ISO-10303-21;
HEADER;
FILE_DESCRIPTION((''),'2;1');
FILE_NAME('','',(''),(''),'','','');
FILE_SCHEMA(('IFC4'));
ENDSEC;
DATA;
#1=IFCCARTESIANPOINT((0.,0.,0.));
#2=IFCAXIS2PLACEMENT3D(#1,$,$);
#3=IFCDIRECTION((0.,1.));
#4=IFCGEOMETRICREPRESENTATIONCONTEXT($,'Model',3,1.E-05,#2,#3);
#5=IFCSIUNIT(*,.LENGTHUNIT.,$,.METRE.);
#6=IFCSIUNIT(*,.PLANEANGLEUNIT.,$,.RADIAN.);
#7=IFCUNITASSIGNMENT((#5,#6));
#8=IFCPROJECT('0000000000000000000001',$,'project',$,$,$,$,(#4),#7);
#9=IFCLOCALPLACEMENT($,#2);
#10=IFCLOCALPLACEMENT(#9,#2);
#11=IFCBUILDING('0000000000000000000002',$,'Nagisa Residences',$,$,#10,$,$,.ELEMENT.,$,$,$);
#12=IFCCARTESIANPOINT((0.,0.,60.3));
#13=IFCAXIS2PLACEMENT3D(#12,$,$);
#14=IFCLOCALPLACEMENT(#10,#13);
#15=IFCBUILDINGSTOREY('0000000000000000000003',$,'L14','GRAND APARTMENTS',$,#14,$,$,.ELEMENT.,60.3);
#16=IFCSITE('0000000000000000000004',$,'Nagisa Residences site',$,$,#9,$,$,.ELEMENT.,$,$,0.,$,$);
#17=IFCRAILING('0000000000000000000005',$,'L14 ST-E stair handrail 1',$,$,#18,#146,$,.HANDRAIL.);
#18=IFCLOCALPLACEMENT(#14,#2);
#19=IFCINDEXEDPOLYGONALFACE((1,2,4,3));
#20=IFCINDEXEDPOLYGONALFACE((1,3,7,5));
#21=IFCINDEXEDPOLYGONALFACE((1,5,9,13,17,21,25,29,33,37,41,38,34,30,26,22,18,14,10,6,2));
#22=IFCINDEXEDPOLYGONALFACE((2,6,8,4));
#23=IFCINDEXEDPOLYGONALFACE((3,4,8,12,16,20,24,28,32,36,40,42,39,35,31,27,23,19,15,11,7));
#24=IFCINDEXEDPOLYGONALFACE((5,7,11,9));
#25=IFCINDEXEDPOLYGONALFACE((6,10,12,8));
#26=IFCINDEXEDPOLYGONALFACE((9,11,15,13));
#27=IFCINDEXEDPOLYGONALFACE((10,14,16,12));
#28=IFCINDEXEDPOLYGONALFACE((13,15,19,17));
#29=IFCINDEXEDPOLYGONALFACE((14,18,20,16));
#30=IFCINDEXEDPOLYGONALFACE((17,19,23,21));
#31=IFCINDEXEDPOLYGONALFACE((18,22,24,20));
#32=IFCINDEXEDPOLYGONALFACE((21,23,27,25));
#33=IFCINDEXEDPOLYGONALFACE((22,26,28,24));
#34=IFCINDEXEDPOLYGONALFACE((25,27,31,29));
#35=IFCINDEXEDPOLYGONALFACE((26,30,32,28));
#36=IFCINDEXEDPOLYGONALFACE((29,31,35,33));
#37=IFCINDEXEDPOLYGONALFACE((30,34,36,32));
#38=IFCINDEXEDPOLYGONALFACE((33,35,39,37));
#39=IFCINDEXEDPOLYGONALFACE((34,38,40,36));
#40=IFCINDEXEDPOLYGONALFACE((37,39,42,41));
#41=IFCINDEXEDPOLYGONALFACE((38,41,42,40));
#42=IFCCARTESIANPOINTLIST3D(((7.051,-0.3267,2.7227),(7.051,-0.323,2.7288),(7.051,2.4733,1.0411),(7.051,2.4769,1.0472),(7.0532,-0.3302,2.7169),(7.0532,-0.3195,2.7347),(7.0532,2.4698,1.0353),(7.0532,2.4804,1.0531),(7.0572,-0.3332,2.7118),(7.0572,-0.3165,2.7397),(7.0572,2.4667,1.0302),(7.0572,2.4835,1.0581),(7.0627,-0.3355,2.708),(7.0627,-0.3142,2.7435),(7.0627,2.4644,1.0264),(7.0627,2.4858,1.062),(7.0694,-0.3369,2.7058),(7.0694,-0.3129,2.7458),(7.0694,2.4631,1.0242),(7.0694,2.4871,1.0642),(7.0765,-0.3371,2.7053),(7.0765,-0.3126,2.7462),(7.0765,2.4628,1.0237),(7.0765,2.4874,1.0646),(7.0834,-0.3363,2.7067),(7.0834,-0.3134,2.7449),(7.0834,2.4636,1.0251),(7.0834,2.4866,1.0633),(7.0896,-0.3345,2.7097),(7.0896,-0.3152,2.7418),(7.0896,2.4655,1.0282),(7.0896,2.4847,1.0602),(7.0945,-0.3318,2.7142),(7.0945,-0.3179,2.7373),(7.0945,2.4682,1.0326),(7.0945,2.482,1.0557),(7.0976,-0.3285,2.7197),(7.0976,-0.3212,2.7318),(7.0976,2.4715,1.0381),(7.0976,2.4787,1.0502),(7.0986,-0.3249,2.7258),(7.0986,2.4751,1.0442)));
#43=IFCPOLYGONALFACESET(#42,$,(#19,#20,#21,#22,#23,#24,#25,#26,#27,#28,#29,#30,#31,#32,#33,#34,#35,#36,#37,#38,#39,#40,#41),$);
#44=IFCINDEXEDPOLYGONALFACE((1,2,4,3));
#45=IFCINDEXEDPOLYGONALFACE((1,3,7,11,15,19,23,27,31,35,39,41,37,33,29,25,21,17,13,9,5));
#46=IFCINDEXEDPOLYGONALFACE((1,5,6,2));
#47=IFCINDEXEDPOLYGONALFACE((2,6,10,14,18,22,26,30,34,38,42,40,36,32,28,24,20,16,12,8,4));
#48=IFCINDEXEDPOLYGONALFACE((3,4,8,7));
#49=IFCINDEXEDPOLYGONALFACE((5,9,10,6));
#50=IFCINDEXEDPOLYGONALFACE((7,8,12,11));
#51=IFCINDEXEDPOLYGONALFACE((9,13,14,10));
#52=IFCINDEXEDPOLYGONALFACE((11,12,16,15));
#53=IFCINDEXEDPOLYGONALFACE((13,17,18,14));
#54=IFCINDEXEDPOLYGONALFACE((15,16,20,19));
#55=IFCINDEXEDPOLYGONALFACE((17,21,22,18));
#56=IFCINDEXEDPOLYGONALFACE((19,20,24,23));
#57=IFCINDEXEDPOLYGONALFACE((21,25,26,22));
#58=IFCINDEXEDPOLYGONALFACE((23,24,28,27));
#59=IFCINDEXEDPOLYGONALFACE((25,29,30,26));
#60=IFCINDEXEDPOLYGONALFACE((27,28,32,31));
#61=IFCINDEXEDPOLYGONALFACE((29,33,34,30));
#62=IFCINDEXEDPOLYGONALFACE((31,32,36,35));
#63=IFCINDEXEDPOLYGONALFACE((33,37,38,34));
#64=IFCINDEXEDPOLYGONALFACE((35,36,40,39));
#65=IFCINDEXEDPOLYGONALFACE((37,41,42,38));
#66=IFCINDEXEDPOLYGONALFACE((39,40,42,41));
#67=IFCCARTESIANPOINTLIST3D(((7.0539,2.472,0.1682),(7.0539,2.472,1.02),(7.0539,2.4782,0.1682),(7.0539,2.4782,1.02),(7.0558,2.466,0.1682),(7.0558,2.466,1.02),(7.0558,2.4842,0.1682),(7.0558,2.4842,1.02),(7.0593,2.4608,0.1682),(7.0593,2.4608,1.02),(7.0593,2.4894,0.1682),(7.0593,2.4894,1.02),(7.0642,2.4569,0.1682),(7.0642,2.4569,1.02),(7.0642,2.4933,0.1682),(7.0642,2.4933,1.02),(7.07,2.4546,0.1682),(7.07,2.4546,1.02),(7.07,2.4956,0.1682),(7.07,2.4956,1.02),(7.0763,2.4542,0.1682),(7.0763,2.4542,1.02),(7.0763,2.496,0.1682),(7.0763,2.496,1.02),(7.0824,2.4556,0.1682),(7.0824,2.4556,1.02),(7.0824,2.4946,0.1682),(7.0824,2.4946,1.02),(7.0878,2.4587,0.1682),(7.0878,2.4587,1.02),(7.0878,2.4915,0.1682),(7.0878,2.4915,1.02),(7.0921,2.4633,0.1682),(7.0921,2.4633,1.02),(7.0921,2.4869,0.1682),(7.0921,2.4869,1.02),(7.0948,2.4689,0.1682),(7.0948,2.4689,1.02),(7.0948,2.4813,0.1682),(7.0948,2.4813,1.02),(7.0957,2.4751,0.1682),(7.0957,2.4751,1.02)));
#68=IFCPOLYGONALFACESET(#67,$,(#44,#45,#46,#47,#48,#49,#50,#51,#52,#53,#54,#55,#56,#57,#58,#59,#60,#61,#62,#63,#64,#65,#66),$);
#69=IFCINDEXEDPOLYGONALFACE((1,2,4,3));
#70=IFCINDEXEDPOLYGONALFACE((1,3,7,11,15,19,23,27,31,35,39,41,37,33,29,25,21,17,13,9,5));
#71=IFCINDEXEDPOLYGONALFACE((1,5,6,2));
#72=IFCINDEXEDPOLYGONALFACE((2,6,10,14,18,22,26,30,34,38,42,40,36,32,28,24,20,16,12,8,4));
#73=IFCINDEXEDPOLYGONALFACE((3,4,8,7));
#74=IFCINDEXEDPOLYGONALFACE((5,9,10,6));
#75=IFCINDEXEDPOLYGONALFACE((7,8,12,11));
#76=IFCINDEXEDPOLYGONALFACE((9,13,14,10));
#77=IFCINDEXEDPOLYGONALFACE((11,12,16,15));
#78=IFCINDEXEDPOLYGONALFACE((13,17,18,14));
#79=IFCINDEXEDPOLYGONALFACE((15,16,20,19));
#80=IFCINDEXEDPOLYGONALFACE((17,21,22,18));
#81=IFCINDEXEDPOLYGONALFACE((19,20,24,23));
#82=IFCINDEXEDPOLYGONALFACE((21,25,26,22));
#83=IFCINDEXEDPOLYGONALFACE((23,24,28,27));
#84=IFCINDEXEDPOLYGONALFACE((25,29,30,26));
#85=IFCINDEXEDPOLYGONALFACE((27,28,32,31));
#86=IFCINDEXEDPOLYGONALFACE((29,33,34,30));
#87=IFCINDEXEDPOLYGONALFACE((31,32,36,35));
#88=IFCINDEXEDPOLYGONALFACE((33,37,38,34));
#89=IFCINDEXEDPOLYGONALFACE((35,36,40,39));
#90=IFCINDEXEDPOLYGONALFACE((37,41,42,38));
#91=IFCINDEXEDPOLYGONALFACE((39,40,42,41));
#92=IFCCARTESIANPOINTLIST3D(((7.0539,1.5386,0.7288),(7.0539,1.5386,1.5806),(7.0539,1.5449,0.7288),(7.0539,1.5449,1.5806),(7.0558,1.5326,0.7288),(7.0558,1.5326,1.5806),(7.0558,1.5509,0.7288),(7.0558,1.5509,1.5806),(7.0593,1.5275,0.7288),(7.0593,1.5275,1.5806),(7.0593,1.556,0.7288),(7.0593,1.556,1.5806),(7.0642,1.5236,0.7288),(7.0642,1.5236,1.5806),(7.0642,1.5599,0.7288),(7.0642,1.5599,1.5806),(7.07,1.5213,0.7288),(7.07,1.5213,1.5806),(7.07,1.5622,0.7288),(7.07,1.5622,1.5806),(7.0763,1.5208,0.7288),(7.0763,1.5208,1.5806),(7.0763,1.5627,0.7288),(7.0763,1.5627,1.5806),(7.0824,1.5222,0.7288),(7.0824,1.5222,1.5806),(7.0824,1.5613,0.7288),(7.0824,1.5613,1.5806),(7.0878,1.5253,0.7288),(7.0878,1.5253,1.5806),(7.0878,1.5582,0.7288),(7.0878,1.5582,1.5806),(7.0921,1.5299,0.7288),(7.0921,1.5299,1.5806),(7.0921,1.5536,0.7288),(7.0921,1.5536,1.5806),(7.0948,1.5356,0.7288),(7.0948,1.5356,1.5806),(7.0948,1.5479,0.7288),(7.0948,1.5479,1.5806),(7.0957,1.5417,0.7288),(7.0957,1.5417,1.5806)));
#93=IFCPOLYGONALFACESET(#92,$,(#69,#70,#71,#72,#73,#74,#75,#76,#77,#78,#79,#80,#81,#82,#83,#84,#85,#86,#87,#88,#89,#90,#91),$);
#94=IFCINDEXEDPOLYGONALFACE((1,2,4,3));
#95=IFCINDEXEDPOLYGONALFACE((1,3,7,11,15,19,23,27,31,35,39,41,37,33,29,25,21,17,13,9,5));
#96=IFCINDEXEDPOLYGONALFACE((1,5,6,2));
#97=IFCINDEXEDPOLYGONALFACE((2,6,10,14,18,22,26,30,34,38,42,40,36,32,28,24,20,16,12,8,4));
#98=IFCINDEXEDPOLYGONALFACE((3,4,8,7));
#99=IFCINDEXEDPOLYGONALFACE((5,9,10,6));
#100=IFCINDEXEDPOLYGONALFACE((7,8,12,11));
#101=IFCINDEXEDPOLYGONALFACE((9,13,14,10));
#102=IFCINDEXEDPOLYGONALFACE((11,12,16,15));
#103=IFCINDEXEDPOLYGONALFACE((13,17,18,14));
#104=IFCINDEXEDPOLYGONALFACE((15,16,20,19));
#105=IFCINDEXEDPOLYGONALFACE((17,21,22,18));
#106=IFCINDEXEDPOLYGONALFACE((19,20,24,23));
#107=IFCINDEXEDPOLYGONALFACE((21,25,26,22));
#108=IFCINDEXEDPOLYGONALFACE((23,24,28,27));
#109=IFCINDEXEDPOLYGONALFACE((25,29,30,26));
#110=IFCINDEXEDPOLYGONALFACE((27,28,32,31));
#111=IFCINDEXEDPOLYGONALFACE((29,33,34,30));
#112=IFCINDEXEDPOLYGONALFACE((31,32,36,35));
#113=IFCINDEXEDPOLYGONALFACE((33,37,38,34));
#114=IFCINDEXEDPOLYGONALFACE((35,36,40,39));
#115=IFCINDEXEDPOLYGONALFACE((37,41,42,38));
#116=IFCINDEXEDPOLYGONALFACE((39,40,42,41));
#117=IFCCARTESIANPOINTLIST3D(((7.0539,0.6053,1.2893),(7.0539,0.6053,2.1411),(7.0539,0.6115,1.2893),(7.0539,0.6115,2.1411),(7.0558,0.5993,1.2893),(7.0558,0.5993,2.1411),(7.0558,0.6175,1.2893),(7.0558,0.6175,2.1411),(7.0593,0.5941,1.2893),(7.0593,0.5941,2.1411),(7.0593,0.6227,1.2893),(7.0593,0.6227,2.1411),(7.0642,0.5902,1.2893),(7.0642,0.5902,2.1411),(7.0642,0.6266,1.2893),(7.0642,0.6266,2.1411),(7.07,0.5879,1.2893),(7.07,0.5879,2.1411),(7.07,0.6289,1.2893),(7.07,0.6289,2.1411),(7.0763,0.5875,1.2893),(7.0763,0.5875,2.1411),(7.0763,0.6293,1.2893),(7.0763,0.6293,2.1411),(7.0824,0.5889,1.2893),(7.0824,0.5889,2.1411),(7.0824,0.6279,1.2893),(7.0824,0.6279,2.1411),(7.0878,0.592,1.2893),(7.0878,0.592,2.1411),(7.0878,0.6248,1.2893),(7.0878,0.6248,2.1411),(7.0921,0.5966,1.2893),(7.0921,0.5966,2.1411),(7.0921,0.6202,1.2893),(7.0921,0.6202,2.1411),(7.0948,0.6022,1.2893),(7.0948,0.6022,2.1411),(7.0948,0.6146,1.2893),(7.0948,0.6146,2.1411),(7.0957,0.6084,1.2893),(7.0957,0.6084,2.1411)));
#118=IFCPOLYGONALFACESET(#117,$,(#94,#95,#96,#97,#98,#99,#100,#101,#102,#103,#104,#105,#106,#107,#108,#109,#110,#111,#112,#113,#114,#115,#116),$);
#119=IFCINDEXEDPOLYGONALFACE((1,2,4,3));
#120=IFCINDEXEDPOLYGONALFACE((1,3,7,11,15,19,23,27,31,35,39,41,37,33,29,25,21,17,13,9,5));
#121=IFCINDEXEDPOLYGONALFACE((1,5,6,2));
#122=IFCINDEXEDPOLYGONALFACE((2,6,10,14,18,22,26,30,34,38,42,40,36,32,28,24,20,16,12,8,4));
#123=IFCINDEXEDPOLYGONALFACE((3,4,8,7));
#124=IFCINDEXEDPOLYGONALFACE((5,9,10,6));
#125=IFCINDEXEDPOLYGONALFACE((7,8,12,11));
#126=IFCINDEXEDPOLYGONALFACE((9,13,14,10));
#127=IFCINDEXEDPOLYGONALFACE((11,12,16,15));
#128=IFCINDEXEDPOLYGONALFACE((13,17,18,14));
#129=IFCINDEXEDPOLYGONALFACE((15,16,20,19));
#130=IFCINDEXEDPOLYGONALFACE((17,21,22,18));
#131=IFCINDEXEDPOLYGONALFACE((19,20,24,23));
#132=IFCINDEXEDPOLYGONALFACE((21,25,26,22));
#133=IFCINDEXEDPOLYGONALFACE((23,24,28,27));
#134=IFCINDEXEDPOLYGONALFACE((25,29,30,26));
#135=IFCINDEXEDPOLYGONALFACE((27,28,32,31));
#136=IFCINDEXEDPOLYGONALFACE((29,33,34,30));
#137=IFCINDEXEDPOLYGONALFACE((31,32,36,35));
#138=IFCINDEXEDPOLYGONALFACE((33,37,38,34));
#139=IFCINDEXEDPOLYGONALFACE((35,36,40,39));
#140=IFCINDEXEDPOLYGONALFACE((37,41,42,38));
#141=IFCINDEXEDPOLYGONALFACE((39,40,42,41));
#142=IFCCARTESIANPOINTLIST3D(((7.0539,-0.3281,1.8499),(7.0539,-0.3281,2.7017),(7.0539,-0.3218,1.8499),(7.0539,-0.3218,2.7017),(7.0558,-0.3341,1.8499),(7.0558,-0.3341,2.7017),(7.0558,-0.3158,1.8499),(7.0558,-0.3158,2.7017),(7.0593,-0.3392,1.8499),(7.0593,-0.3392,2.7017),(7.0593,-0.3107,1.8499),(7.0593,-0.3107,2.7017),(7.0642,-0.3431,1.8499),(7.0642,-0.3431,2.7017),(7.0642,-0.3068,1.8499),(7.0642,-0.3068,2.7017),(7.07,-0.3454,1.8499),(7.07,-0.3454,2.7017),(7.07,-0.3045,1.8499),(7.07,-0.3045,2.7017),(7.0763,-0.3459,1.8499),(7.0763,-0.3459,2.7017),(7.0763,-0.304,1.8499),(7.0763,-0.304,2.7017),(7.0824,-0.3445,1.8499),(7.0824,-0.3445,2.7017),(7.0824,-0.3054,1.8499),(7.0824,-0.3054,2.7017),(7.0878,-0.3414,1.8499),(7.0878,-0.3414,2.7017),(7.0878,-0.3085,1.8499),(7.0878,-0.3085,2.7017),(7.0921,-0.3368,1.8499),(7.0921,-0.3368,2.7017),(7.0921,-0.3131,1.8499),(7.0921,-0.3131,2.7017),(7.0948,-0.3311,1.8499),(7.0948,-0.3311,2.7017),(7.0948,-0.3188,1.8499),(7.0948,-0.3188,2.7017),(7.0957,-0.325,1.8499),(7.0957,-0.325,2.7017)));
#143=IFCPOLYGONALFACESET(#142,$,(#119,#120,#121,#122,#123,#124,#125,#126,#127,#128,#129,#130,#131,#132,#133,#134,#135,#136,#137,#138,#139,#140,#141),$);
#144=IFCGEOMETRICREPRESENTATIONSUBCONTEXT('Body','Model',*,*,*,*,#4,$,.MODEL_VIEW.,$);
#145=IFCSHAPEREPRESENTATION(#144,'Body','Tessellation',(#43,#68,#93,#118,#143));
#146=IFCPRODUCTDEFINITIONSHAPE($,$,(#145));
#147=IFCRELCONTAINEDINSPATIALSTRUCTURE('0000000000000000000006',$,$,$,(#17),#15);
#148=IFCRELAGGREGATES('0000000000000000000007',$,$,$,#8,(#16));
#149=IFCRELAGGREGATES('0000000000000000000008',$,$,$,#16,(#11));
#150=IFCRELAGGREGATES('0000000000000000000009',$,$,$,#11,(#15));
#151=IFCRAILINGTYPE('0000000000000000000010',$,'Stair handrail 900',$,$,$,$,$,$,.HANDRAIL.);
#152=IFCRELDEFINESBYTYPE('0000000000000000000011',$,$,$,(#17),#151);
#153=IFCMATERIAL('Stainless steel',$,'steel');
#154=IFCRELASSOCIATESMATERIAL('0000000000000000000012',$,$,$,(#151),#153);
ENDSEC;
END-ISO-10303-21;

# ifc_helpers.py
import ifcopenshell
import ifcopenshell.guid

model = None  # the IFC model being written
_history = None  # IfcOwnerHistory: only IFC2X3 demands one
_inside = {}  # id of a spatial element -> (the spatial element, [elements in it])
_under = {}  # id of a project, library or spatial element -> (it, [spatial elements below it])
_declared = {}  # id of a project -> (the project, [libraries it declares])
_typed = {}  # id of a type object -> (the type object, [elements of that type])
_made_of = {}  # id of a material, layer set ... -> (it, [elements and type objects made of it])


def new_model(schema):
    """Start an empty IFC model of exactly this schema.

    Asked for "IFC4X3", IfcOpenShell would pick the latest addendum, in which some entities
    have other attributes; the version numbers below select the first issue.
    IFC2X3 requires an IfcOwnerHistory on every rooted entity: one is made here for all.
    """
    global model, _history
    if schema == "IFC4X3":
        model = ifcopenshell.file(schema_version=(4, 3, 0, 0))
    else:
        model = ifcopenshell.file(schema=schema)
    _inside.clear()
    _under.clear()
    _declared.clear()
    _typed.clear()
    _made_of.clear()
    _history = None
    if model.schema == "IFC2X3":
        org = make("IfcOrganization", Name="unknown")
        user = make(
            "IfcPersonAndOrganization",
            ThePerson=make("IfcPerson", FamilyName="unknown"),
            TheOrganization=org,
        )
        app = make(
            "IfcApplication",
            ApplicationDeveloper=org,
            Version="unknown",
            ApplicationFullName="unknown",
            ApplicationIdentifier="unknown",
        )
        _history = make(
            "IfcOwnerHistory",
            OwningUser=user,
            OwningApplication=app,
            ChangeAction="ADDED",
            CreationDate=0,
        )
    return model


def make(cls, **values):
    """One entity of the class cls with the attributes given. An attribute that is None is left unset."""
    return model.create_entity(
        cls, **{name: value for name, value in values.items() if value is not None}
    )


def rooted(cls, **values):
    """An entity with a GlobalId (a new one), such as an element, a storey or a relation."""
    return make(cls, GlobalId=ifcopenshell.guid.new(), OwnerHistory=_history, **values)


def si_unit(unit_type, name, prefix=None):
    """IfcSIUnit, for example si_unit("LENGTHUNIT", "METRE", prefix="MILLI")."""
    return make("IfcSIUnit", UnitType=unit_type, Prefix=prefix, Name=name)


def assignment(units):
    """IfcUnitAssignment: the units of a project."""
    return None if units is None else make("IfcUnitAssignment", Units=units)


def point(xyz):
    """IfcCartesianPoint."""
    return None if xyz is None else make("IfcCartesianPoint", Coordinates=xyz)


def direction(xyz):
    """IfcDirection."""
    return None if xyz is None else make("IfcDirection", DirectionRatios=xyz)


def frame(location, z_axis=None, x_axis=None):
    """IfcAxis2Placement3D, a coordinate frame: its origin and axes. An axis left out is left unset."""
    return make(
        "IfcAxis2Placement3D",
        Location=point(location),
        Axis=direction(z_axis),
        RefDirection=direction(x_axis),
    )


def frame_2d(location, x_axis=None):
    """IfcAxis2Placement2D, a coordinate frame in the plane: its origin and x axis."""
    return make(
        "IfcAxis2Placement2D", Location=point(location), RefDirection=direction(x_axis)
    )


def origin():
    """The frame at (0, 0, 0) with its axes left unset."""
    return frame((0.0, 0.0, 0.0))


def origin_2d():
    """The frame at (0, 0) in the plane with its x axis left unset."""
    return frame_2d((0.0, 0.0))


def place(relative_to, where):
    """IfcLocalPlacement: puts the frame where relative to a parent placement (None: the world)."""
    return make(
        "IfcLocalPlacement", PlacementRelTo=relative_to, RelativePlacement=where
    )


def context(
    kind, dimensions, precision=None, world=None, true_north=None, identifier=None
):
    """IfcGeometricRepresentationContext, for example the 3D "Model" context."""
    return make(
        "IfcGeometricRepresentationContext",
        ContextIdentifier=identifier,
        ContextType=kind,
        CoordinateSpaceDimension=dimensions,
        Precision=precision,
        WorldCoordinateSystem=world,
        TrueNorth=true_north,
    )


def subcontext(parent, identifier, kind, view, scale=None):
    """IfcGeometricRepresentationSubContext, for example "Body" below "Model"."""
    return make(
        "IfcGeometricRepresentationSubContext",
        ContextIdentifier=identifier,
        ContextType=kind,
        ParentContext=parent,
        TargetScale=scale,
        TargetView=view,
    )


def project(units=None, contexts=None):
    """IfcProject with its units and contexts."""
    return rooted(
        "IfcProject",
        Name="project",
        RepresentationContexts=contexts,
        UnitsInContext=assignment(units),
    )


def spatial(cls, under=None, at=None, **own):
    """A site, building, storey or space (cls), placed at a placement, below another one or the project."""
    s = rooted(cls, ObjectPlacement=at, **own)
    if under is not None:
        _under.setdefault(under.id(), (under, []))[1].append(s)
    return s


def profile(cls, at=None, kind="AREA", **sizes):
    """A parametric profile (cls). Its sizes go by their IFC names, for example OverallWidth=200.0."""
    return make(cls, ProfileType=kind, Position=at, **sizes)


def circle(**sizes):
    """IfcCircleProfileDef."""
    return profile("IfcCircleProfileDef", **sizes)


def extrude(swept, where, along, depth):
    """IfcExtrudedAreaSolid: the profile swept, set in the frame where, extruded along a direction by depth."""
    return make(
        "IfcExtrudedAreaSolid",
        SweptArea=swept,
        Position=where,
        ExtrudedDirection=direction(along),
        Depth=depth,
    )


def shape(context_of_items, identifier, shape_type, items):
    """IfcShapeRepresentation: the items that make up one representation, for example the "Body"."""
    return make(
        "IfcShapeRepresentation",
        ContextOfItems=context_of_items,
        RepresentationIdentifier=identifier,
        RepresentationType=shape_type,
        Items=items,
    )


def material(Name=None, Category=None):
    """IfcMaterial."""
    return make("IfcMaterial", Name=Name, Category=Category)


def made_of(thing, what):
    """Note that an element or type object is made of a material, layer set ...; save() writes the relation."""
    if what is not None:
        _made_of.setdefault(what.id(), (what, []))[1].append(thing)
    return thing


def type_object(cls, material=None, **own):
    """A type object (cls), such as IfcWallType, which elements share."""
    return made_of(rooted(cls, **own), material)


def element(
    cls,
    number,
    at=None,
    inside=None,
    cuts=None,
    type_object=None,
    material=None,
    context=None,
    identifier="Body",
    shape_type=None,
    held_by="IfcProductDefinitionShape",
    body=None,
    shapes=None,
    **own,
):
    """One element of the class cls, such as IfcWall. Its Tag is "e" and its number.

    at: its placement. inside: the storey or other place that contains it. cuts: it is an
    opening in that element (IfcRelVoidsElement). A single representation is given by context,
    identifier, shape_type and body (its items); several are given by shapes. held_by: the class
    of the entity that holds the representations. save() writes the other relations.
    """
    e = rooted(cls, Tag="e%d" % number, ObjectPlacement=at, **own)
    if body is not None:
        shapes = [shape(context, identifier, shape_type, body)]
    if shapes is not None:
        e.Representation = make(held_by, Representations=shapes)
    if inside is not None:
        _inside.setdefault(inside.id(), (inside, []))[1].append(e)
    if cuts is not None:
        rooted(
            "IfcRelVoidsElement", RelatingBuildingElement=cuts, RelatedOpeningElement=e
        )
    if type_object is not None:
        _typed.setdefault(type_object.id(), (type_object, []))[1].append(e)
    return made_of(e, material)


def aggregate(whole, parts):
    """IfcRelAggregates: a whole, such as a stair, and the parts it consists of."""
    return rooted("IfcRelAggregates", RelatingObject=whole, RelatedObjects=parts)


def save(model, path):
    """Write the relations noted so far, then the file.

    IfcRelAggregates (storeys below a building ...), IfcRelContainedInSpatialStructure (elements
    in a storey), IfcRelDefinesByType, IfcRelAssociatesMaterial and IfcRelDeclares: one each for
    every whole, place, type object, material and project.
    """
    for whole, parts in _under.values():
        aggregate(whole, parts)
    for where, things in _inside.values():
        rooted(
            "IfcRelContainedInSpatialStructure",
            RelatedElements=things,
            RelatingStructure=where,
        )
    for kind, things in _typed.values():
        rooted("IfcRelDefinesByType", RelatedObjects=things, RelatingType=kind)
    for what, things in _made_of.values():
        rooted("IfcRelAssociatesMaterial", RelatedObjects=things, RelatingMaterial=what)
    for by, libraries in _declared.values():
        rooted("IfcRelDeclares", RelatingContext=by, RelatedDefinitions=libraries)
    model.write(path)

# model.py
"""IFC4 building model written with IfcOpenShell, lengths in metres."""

from ifc_helpers import new_model, si_unit, direction, frame, origin, origin_2d, place, context, subcontext, project, spatial, circle, extrude, material, type_object, element, save


model = new_model("IFC4")

# Units and contexts
model_context = context("Model", 3, precision=1e-05, world=origin(), true_north=direction((0.0, 1.0)))
body_context = subcontext(model_context, "Body", "Model", "MODEL_VIEW")
ifc_project = project(units=[si_unit("LENGTHUNIT", "METRE"), si_unit("PLANEANGLEUNIT", "RADIAN")], contexts=[model_context])

# Site, building, storey
site_placement = place(None, origin())
site = spatial("IfcSite", under=ifc_project, at=site_placement, Name="Nagisa Residences site", CompositionType="ELEMENT", RefElevation=0.0)
building_placement = place(site_placement, origin())
building = spatial("IfcBuilding", under=site, at=building_placement, Name="Nagisa Residences", CompositionType="ELEMENT")
storey_placement = place(building_placement, frame((0.0, 0.0, 60.3)))
storey = spatial("IfcBuildingStorey", under=building, at=storey_placement, Name="L14", Description="GRAND APARTMENTS", CompositionType="ELEMENT", Elevation=60.3)

# Railing
ifc_material_1 = material(Name="Stainless steel", Category="steel")
railing_type_1 = type_object("IfcRailingType", Name="Stair handrail 900", PredefinedType="HANDRAIL", material=ifc_material_1)
railing_1_placement = place(storey_placement, frame((7.0747, 2.4751, 0.1682)))
element("IfcRailing", 1, at=railing_1_placement, inside=storey, type_object=railing_type_1, Name="L14 ST-E stair handrail 1", PredefinedType="HANDRAIL", context=body_context, shape_type="SweptSolid", body=[
    extrude(circle(Radius=0.0239, at=origin_2d()), frame((0.0, 0.0, 0.876), z_axis=(0.0, -0.857275, 0.514858), x_axis=(1.0, 0.0, 0.0)), (0.0, 0.0, 1.0), 3.2661),
    extrude(circle(Radius=0.021, at=origin_2d()), origin(), (0.0, 0.0, 1.0), 0.8518),
    extrude(circle(Radius=0.021, at=origin_2d()), frame((0.0, -0.9333, 0.5605)), (0.0, 0.0, 1.0), 0.8518),
    extrude(circle(Radius=0.021, at=origin_2d()), frame((0.0, -1.8667, 1.1211)), (0.0, 0.0, 1.0), 0.8518),
    extrude(circle(Radius=0.021, at=origin_2d()), frame((0.0, -2.8, 1.6816)), (0.0, 0.0, 1.0), 0.8518),
])

save(model, "model.ifc")
